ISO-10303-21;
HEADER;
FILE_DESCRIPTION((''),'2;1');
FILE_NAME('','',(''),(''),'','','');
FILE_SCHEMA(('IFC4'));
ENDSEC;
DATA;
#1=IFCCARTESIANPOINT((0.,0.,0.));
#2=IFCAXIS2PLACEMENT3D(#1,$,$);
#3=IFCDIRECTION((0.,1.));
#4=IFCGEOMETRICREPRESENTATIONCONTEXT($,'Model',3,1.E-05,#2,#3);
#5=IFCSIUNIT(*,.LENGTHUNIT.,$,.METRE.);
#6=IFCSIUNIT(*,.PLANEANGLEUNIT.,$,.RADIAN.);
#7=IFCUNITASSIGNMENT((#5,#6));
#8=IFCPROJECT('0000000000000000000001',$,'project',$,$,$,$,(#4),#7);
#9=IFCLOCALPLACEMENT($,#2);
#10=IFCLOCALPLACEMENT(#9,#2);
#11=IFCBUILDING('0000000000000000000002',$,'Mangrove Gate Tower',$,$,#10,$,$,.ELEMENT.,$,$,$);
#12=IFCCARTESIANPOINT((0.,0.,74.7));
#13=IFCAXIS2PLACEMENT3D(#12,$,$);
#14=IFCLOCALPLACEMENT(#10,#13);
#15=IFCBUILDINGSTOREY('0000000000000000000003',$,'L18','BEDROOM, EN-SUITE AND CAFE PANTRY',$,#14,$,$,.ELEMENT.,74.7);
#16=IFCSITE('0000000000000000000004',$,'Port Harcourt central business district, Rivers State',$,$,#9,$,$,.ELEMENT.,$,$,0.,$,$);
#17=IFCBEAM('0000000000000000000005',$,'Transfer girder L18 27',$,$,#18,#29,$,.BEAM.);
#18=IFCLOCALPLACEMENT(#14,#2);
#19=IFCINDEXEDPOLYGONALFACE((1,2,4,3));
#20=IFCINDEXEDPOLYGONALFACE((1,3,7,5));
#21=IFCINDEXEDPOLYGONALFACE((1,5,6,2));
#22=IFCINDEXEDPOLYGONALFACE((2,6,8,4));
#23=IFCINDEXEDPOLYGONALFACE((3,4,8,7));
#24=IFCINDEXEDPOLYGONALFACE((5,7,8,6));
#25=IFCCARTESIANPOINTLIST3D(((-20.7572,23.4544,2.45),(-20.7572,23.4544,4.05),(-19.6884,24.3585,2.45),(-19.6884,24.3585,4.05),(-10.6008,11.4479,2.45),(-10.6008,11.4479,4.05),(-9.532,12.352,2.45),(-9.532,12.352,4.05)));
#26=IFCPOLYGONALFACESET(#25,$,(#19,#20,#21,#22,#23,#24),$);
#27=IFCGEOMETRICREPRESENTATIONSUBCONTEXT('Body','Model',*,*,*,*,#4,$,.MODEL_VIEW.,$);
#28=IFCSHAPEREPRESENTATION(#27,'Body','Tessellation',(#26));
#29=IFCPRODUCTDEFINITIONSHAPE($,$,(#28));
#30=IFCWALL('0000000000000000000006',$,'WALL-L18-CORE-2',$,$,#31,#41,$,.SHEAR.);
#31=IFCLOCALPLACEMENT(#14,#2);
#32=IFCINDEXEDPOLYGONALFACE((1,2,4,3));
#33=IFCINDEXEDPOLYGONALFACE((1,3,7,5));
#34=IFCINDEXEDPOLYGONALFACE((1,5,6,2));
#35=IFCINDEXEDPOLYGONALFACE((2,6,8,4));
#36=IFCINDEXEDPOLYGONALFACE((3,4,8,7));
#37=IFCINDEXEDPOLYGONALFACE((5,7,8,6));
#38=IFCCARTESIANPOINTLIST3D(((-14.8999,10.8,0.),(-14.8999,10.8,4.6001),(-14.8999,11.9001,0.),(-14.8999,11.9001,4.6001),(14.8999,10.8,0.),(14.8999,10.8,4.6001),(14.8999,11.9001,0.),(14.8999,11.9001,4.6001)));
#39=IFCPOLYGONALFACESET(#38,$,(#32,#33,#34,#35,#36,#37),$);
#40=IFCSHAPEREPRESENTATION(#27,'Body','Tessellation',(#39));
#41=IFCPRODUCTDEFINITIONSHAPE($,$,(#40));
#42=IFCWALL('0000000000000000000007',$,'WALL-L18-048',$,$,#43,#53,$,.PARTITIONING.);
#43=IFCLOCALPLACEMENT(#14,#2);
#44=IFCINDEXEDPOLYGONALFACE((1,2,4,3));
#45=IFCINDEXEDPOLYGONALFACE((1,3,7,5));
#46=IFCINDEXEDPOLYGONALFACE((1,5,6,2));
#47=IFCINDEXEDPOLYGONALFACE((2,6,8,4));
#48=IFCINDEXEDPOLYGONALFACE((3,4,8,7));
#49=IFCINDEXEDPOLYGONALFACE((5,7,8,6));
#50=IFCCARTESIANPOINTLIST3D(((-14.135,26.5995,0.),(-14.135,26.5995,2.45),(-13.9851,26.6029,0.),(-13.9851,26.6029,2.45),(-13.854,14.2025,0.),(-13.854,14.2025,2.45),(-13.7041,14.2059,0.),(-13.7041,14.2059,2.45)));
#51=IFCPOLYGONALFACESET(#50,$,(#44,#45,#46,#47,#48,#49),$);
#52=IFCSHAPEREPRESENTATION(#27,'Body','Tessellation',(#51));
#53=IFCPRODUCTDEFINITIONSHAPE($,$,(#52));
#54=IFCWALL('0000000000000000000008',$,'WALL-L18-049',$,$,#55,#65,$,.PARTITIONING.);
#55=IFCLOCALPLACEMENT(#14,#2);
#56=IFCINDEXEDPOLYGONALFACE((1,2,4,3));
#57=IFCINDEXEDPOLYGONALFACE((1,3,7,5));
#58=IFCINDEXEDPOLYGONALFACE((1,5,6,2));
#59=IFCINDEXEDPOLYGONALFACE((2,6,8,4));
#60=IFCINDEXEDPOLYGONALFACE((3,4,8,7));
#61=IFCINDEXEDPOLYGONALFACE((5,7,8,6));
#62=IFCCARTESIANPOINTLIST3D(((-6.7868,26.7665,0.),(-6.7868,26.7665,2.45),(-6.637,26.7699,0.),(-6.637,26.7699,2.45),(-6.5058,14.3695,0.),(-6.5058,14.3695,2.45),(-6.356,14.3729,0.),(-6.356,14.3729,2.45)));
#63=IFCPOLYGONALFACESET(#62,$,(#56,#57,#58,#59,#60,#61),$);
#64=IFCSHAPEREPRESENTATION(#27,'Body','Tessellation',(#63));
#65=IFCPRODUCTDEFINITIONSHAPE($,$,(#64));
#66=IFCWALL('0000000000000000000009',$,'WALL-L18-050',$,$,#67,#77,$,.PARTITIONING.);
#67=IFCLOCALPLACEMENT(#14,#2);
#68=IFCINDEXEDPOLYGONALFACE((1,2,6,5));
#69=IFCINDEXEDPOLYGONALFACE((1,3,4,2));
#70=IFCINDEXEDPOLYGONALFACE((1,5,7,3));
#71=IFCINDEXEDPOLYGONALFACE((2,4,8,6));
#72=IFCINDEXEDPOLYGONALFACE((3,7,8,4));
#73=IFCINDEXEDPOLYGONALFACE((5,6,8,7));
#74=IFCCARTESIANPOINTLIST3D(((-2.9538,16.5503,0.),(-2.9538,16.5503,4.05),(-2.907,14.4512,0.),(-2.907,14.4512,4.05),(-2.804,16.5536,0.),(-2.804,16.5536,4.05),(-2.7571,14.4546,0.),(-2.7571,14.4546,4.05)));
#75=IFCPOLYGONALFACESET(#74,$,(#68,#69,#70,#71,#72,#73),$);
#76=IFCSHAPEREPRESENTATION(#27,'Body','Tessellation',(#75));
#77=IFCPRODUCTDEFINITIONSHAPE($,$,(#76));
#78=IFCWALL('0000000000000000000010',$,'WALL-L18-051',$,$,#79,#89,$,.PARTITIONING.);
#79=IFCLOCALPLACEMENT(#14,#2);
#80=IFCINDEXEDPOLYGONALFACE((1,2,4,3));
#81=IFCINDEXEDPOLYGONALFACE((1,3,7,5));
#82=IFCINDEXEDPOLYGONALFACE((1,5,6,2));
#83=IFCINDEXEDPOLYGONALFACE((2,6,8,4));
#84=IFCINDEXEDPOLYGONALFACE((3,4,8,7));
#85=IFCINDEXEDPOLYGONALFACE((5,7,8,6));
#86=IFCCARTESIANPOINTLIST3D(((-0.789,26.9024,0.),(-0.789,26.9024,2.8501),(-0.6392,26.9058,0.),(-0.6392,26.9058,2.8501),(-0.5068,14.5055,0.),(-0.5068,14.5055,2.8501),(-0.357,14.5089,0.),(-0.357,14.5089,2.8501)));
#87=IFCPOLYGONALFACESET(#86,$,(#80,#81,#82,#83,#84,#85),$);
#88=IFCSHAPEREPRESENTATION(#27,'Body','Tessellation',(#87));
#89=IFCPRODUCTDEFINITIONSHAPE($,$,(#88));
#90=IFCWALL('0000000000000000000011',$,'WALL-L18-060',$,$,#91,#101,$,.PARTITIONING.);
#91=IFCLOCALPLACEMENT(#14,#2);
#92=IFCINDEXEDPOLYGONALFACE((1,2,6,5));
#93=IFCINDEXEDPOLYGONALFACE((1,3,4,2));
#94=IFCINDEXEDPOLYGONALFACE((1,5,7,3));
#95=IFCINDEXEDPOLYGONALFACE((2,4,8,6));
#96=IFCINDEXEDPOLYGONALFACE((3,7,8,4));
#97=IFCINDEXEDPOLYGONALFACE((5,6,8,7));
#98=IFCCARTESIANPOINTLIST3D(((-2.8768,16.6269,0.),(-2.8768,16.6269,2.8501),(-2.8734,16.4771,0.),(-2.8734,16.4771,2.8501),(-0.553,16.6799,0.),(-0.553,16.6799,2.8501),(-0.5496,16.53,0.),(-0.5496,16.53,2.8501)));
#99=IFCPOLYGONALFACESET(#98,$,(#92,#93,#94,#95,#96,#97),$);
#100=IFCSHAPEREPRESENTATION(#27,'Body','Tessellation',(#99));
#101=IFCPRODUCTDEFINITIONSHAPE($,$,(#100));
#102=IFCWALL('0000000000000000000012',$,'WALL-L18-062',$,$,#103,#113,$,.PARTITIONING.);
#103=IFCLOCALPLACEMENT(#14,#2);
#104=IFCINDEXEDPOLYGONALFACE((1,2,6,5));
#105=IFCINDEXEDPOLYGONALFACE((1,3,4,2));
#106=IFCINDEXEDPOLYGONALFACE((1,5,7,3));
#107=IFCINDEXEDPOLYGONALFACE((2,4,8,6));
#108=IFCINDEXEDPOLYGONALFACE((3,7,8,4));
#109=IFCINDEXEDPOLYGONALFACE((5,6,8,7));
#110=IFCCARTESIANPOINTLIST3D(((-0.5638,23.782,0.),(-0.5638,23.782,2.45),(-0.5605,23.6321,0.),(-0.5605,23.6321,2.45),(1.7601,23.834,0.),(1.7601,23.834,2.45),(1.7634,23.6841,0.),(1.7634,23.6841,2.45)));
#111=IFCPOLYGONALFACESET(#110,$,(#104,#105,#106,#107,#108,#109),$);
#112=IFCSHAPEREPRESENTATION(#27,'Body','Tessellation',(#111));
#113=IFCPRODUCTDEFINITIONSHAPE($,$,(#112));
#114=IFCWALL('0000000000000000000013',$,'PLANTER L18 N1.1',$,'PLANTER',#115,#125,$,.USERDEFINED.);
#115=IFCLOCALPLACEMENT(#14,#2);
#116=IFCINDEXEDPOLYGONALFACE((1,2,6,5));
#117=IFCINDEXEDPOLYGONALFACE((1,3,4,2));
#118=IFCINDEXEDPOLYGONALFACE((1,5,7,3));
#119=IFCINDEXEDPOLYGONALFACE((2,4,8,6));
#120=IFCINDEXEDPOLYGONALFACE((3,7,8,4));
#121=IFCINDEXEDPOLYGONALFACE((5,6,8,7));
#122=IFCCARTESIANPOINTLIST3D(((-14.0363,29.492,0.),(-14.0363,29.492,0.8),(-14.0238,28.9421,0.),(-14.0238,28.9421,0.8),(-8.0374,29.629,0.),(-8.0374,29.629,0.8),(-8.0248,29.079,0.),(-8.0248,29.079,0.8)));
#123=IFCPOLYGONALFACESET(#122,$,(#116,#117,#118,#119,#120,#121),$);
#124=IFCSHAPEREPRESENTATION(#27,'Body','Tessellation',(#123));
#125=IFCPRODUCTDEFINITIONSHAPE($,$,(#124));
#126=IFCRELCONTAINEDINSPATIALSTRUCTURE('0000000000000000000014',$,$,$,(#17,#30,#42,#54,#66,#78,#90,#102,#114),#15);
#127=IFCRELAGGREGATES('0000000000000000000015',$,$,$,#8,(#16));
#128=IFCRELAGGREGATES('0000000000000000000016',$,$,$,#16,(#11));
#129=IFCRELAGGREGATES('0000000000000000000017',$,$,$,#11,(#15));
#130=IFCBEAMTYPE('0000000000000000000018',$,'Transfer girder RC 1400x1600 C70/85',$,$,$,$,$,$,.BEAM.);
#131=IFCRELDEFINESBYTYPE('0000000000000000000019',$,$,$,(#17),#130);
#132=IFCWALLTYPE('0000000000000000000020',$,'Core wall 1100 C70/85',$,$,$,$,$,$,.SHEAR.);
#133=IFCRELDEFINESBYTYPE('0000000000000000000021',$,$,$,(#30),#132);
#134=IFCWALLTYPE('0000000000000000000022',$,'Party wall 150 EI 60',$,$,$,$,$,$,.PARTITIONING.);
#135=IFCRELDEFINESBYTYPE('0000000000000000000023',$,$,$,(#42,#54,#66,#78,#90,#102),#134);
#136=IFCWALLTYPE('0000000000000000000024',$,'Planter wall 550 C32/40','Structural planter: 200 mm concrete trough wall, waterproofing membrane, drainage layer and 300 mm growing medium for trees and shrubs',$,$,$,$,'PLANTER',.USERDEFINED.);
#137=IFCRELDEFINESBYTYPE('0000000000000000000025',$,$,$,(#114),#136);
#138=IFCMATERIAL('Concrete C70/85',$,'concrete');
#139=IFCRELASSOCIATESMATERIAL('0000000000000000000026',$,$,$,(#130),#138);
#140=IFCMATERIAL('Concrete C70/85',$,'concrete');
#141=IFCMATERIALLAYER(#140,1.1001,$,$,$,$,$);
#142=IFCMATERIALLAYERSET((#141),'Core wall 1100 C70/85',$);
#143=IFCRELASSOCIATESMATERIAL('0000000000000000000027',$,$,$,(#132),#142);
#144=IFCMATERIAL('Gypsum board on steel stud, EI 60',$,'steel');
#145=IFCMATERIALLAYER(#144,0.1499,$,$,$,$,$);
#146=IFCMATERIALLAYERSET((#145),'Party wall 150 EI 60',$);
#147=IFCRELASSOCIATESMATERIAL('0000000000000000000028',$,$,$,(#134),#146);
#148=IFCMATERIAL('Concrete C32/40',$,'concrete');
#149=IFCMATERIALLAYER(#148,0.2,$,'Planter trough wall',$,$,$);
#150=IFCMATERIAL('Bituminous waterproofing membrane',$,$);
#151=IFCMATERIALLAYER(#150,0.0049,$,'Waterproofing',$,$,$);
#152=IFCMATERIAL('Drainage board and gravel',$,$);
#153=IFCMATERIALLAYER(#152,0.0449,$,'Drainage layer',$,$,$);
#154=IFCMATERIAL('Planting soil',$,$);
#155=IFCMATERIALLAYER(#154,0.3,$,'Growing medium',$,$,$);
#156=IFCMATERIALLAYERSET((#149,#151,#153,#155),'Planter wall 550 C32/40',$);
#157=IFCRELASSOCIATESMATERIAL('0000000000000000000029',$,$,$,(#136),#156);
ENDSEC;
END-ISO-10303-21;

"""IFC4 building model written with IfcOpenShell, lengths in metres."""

from ifc_helpers import new_model, si_unit, direction, frame, frame_2d, origin, origin_2d, place, context, subcontext, project, spatial, rectangle, extrude, material, layer, layer_set, material_profile, profile_set, type_object, element, save


model = new_model("IFC4")

# Units and contexts
model_context = context("Model", 3, precision=1e-05, world=origin(), true_north=direction((0.0, 1.0)))
body_context = subcontext(model_context, "Body", "Model", "MODEL_VIEW")
ifc_project = project(units=[si_unit("LENGTHUNIT", "METRE"), si_unit("PLANEANGLEUNIT", "RADIAN")], contexts=[model_context])

# Site, building, storey
site_placement = place(None, origin())
site = spatial("IfcSite", under=ifc_project, at=site_placement, Name="Port Harcourt central business district, Rivers State", CompositionType="ELEMENT", RefElevation=0.0)
building_placement = place(site_placement, origin())
building = spatial("IfcBuilding", under=site, at=building_placement, Name="Mangrove Gate Tower", CompositionType="ELEMENT")
storey_placement = place(building_placement, frame((0.0, 0.0, 74.7)))
storey = spatial("IfcBuildingStorey", under=building, at=storey_placement, Name="L18", Description="BEDROOM, EN-SUITE AND CAFE PANTRY", CompositionType="ELEMENT", Elevation=74.7)

# Beam
ifc_material_1 = material(Name="Concrete C70/85", Category="concrete")
ifc_material_profile_1 = material_profile(ifc_material_1, rectangle(XDim=1.3999, YDim=1.6001, at=origin_2d()))
ifc_profile_set_1 = profile_set([ifc_material_profile_1], Name="Concrete C70/85")
beam_type_1 = type_object("IfcBeamType", Name="Transfer girder RC 1400x1600 C70/85", PredefinedType="BEAM", material=ifc_profile_set_1)
beam_1_placement = place(storey_placement, frame((-10.0664, 11.8999, 3.25), z_axis=(-0.645834, 0.763478, 0.0), x_axis=(-0.763478, -0.645834, 0.0)))
element("IfcBeam", 1, at=beam_1_placement, inside=storey, type_object=beam_type_1, Name="Transfer girder L18 27", PredefinedType="BEAM", context=body_context, shape_type="SweptSolid", body=[
    extrude(rectangle(XDim=1.3999, YDim=1.6001, at=origin_2d()), origin(), (0.0, 0.0, 1.0), 15.7261),
])

# Walls
ifc_material_2 = material(Name="Concrete C70/85", Category="concrete")
ifc_layer_1 = layer(ifc_material_2, 1.1001)
ifc_layer_set_1 = layer_set([ifc_layer_1], Name="Core wall 1100 C70/85")
wall_type_1 = type_object("IfcWallType", Name="Core wall 1100 C70/85", PredefinedType="SHEAR", material=ifc_layer_set_1)
wall_1_placement = place(storey_placement, frame((-14.8999, 11.3501, 0.0), z_axis=(0.0, 0.0, 1.0), x_axis=(1.0, 0.0, 0.0)))
element("IfcWall", 2, at=wall_1_placement, inside=storey, type_object=wall_type_1, Name="WALL-L18-CORE-2", PredefinedType="SHEAR", context=body_context, shape_type="SweptSolid", body=[
    extrude(rectangle(XDim=29.7998, YDim=1.1001, at=frame_2d((14.8999, 0.0))), origin(), (0.0, 0.0, 1.0), 4.6001),
])
ifc_material_3 = material(Name="Gypsum board on steel stud, EI 60", Category="steel")
ifc_layer_2 = layer(ifc_material_3, 0.1499)
ifc_layer_set_2 = layer_set([ifc_layer_2], Name="Party wall 150 EI 60")
wall_type_2 = type_object("IfcWallType", Name="Party wall 150 EI 60", PredefinedType="PARTITIONING", material=ifc_layer_set_2)
for number, where, z_axis, x_axis, name in (
    (3, (-13.7791, 14.2041, 0.0), (0.0, 0.0, 1.0), (-0.022661, 0.999743, 0.0), "WALL-L18-048"),
    (4, (-6.4309, 14.3711, 0.0), (0.0, 0.0, 1.0), (-0.022661, 0.999743, 0.0), "WALL-L18-049"),
):
    element("IfcWall", number, at=place(storey_placement, frame(where, z_axis=z_axis, x_axis=x_axis)), inside=storey, type_object=wall_type_2, Name=name, PredefinedType="PARTITIONING", context=body_context, shape_type="SweptSolid", body=[
        extrude(rectangle(XDim=12.4001, YDim=0.1499, at=frame_2d((6.2002, 0.0))), origin(), (0.0, 0.0, 1.0), 2.45),
    ])
wall_2_placement = place(storey_placement, frame((-2.832, 14.4529, 0.0), z_axis=(0.0, 0.0, 1.0), x_axis=(-0.022325, 0.999751, 0.0)))
element("IfcWall", 5, at=wall_2_placement, inside=storey, type_object=wall_type_2, Name="WALL-L18-050", PredefinedType="PARTITIONING", context=body_context, shape_type="SweptSolid", body=[
    extrude(rectangle(XDim=2.0996, YDim=0.1499, at=frame_2d((1.0498, 0.0))), origin(), (0.0, 0.0, 1.0), 4.05),
])
wall_3_placement = place(storey_placement, frame((-0.4319, 14.5071, 0.0), z_axis=(0.0, 0.0, 1.0), x_axis=(-0.02276, 0.999741, 0.0)))
element("IfcWall", 6, at=wall_3_placement, inside=storey, type_object=wall_type_2, Name="WALL-L18-051", PredefinedType="PARTITIONING", context=body_context, shape_type="SweptSolid", body=[
    extrude(rectangle(XDim=12.4001, YDim=0.1499, at=frame_2d((6.2002, 0.0))), origin(), (0.0, 0.0, 1.0), 2.8501),
])
wall_4_placement = place(storey_placement, frame((-2.875, 16.552, 0.0), z_axis=(0.0, 0.0, 1.0), x_axis=(0.99974, 0.022791, 0.0)))
element("IfcWall", 7, at=wall_4_placement, inside=storey, type_object=wall_type_2, Name="WALL-L18-060", PredefinedType="PARTITIONING", context=body_context, shape_type="SweptSolid", body=[
    extrude(rectangle(XDim=2.3245, YDim=0.1499, at=frame_2d((1.1621, 0.0))), origin(), (0.0, 0.0, 1.0), 2.8501),
])
wall_5_placement = place(storey_placement, frame((-0.562, 23.707, 0.0), z_axis=(0.0, 0.0, 1.0), x_axis=(0.99975, 0.022371, 0.0)))
element("IfcWall", 8, at=wall_5_placement, inside=storey, type_object=wall_type_2, Name="WALL-L18-062", PredefinedType="PARTITIONING", context=body_context, shape_type="SweptSolid", body=[
    extrude(rectangle(XDim=2.3245, YDim=0.1499, at=frame_2d((1.1621, 0.0))), origin(), (0.0, 0.0, 1.0), 2.45),
])
ifc_material_4 = material(Name="Concrete C32/40", Category="concrete")
ifc_layer_3 = layer(ifc_material_4, 0.2, Name="Planter trough wall")
ifc_material_5 = material(Name="Bituminous waterproofing membrane")
ifc_layer_4 = layer(ifc_material_5, 0.0049, Name="Waterproofing")
ifc_material_6 = material(Name="Drainage board and gravel")
ifc_layer_5 = layer(ifc_material_6, 0.0449, Name="Drainage layer")
ifc_material_7 = material(Name="Planting soil")
ifc_layer_6 = layer(ifc_material_7, 0.3, Name="Growing medium")
ifc_layer_set_3 = layer_set([ifc_layer_3, ifc_layer_4, ifc_layer_5, ifc_layer_6], Name="Planter wall 550 C32/40")
wall_type_3 = type_object("IfcWallType", Name="Planter wall 550 C32/40", Description="Structural planter: 200 mm concrete trough wall, waterproofing membrane, drainage layer and 300 mm growing medium for trees and shrubs", ElementType="PLANTER", PredefinedType="USERDEFINED", material=ifc_layer_set_3)
wall_6_placement = place(storey_placement, frame((-14.03, 29.217, 0.0), z_axis=(0.0, 0.0, 1.0), x_axis=(0.999739, 0.022825, 0.0)))
element("IfcWall", 9, at=wall_6_placement, inside=storey, type_object=wall_type_3, Name="PLANTER L18 N1.1", ObjectType="PLANTER", PredefinedType="USERDEFINED", context=body_context, shape_type="SweptSolid", body=[
    extrude(rectangle(XDim=6.0005, YDim=0.55, at=frame_2d((3.0002, 0.0))), origin(), (0.0, 0.0, 1.0), 0.8),
])

save(model, "model.ifc")
